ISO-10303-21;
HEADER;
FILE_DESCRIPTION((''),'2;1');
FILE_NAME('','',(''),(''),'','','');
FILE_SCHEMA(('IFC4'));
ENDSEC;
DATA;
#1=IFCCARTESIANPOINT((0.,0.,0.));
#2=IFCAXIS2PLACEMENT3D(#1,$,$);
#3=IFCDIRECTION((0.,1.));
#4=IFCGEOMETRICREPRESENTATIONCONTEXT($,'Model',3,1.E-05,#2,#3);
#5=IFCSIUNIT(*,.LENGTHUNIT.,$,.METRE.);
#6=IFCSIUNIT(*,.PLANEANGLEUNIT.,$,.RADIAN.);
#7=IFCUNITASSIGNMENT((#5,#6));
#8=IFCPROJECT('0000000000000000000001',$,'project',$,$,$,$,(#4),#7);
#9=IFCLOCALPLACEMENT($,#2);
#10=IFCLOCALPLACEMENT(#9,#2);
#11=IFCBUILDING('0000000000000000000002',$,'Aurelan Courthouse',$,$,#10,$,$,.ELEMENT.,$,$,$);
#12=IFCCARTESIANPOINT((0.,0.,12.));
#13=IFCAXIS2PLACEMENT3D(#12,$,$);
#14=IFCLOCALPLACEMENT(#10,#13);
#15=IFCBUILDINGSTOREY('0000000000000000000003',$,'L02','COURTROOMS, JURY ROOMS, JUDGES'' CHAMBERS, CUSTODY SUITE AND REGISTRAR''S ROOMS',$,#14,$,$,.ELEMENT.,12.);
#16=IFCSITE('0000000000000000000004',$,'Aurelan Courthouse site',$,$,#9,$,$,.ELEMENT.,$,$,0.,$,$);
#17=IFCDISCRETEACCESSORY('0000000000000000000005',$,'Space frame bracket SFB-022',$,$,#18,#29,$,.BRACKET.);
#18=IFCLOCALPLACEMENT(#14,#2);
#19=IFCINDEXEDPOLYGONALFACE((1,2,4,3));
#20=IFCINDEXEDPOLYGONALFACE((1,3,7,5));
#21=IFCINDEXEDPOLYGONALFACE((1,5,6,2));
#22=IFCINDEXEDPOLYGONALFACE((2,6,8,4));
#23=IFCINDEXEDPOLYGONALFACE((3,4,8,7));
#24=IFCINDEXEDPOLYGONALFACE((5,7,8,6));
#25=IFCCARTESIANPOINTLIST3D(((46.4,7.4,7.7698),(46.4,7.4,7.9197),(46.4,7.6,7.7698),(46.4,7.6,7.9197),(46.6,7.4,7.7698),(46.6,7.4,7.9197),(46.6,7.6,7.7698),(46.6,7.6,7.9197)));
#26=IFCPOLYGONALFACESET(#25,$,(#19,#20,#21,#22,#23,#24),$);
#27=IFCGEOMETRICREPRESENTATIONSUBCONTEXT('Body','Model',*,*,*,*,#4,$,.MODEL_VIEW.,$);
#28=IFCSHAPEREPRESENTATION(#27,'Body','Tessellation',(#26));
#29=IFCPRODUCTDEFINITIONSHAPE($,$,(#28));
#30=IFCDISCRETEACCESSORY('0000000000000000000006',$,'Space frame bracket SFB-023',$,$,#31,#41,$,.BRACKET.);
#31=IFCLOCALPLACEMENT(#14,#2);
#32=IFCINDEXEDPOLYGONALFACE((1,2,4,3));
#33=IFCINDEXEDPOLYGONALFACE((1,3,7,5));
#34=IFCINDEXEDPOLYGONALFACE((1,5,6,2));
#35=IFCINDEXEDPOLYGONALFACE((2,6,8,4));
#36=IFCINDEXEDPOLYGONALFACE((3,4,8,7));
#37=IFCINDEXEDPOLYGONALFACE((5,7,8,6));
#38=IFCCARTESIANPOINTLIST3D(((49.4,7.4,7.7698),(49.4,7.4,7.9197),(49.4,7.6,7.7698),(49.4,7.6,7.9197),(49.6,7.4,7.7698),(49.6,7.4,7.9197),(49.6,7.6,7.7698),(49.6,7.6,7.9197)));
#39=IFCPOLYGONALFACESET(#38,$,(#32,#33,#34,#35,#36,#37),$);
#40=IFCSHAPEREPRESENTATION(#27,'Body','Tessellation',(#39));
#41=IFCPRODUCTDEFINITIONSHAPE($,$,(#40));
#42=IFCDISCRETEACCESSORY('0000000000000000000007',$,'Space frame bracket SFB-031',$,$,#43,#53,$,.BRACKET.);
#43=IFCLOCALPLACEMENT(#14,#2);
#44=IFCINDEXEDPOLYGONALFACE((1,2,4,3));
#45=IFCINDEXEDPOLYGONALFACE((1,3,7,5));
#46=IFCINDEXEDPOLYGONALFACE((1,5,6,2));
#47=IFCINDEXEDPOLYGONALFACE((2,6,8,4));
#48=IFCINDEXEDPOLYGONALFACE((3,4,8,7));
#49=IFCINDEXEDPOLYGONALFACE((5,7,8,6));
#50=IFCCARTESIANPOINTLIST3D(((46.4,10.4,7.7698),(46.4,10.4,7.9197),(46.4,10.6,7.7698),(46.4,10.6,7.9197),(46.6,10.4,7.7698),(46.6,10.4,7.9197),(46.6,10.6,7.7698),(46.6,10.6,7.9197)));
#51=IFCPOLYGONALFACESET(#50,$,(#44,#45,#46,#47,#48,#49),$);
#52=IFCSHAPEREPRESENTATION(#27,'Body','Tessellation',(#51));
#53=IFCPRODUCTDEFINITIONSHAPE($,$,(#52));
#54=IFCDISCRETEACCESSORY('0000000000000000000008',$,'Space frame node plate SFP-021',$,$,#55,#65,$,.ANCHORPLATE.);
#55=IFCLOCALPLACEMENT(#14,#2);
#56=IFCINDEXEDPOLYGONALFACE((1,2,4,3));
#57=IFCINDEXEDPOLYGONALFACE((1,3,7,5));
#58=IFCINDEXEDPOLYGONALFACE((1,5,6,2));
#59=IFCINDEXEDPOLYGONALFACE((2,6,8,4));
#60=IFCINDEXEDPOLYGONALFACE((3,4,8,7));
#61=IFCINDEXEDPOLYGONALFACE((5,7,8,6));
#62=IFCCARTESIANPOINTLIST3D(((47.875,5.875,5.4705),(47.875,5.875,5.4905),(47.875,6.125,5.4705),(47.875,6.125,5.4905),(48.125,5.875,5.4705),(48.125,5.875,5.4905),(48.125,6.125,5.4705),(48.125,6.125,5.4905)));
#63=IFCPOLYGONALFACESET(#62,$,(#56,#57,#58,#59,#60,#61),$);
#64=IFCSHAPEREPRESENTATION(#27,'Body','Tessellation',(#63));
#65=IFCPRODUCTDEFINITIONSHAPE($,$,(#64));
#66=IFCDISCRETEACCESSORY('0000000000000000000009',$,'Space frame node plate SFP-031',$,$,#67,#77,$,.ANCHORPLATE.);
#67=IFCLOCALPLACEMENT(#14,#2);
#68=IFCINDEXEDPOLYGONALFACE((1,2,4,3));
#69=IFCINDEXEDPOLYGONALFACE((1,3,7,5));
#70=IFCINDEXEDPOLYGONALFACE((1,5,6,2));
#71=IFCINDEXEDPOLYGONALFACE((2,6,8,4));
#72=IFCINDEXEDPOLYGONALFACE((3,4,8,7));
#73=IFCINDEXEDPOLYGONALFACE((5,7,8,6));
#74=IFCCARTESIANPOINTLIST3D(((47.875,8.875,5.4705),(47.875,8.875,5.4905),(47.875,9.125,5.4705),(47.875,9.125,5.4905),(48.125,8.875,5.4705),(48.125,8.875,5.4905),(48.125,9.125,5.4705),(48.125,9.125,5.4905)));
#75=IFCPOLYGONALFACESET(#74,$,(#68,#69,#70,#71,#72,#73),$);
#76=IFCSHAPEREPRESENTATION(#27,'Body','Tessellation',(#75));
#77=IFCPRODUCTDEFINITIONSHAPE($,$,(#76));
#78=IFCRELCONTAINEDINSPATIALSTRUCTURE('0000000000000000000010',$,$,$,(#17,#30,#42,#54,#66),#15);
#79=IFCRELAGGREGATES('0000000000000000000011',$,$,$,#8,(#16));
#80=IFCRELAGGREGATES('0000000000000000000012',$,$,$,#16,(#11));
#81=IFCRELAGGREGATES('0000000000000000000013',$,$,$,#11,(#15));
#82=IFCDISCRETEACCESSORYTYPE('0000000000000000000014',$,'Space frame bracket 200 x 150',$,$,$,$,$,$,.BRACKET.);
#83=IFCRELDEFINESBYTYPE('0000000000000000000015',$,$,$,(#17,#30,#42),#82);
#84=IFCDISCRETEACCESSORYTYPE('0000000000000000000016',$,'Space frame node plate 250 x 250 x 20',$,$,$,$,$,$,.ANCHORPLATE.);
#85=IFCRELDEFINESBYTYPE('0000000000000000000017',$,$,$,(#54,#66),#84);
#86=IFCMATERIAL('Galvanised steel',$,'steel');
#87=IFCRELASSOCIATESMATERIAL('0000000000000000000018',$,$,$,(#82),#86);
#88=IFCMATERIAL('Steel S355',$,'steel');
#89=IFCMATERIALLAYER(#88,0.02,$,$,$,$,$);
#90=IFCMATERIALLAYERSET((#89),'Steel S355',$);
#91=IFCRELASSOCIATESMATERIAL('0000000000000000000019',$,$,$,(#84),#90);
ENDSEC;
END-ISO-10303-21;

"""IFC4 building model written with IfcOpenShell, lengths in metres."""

from ifc_helpers import new_model, si_unit, direction, frame, origin, origin_2d, place, context, subcontext, project, spatial, rectangle, extrude, material, layer, layer_set, type_object, element, save


model = new_model("IFC4")

# Units and contexts
model_context = context("Model", 3, precision=1e-05, world=origin(), true_north=direction((0.0, 1.0)))
body_context = subcontext(model_context, "Body", "Model", "MODEL_VIEW")
ifc_project = project(units=[si_unit("LENGTHUNIT", "METRE"), si_unit("PLANEANGLEUNIT", "RADIAN")], contexts=[model_context])

# Site, building, storey
site_placement = place(None, origin())
site = spatial("IfcSite", under=ifc_project, at=site_placement, Name="Aurelan Courthouse site", CompositionType="ELEMENT", RefElevation=0.0)
building_placement = place(site_placement, origin())
building = spatial("IfcBuilding", under=site, at=building_placement, Name="Aurelan Courthouse", CompositionType="ELEMENT")
storey_placement = place(building_placement, frame((0.0, 0.0, 12.0)))
storey = spatial("IfcBuildingStorey", under=building, at=storey_placement, Name="L02", Description="COURTROOMS, JURY ROOMS, JUDGES' CHAMBERS, CUSTODY SUITE AND REGISTRAR'S ROOMS", CompositionType="ELEMENT", Elevation=12.0)

# Shared definitions
ifc_material_1 = material(Name="Steel S355", Category="steel")

# Discrete accessories
ifc_material_2 = material(Name="Galvanised steel", Category="steel")
discrete_accessory_type_1 = type_object("IfcDiscreteAccessoryType", Name="Space frame bracket 200 x 150", PredefinedType="BRACKET", material=ifc_material_2)
for number, where, z_axis, x_axis, name in (
    (1, (46.5, 7.5, 7.7698), (0.0, 0.0, 1.0), (1.0, 0.0, 0.0), "Space frame bracket SFB-022"),
    (2, (49.5, 7.5, 7.7698), (0.0, 0.0, 1.0), (1.0, 0.0, 0.0), "Space frame bracket SFB-023"),
    (3, (46.5, 10.5, 7.7698), (0.0, 0.0, 1.0), (1.0, 0.0, 0.0), "Space frame bracket SFB-031"),
):
    element("IfcDiscreteAccessory", number, at=place(storey_placement, frame(where, z_axis=z_axis, x_axis=x_axis)), inside=storey, type_object=discrete_accessory_type_1, Name=name, PredefinedType="BRACKET", context=body_context, shape_type="SweptSolid", body=[
        extrude(rectangle(XDim=0.2, YDim=0.2, at=origin_2d()), origin(), (0.0, 0.0, 1.0), 0.1499),
    ])
ifc_layer_1 = layer(ifc_material_1, 0.02)
ifc_layer_set_1 = layer_set([ifc_layer_1], Name="Steel S355")
discrete_accessory_type_2 = type_object("IfcDiscreteAccessoryType", Name="Space frame node plate 250 x 250 x 20", PredefinedType="ANCHORPLATE", material=ifc_layer_set_1)
for number, where, z_axis, x_axis, name in (
    (4, (48.0, 6.0, 5.4705), (0.0, 0.0, 1.0), (1.0, 0.0, 0.0), "Space frame node plate SFP-021"),
    (5, (48.0, 9.0, 5.4705), (0.0, 0.0, 1.0), (1.0, 0.0, 0.0), "Space frame node plate SFP-031"),
):
    element("IfcDiscreteAccessory", number, at=place(storey_placement, frame(where, z_axis=z_axis, x_axis=x_axis)), inside=storey, type_object=discrete_accessory_type_2, Name=name, PredefinedType="ANCHORPLATE", context=body_context, shape_type="SweptSolid", body=[
        extrude(rectangle(XDim=0.25, YDim=0.25, at=origin_2d()), origin(), (0.0, 0.0, 1.0), 0.02),
    ])

save(model, "model.ifc")
